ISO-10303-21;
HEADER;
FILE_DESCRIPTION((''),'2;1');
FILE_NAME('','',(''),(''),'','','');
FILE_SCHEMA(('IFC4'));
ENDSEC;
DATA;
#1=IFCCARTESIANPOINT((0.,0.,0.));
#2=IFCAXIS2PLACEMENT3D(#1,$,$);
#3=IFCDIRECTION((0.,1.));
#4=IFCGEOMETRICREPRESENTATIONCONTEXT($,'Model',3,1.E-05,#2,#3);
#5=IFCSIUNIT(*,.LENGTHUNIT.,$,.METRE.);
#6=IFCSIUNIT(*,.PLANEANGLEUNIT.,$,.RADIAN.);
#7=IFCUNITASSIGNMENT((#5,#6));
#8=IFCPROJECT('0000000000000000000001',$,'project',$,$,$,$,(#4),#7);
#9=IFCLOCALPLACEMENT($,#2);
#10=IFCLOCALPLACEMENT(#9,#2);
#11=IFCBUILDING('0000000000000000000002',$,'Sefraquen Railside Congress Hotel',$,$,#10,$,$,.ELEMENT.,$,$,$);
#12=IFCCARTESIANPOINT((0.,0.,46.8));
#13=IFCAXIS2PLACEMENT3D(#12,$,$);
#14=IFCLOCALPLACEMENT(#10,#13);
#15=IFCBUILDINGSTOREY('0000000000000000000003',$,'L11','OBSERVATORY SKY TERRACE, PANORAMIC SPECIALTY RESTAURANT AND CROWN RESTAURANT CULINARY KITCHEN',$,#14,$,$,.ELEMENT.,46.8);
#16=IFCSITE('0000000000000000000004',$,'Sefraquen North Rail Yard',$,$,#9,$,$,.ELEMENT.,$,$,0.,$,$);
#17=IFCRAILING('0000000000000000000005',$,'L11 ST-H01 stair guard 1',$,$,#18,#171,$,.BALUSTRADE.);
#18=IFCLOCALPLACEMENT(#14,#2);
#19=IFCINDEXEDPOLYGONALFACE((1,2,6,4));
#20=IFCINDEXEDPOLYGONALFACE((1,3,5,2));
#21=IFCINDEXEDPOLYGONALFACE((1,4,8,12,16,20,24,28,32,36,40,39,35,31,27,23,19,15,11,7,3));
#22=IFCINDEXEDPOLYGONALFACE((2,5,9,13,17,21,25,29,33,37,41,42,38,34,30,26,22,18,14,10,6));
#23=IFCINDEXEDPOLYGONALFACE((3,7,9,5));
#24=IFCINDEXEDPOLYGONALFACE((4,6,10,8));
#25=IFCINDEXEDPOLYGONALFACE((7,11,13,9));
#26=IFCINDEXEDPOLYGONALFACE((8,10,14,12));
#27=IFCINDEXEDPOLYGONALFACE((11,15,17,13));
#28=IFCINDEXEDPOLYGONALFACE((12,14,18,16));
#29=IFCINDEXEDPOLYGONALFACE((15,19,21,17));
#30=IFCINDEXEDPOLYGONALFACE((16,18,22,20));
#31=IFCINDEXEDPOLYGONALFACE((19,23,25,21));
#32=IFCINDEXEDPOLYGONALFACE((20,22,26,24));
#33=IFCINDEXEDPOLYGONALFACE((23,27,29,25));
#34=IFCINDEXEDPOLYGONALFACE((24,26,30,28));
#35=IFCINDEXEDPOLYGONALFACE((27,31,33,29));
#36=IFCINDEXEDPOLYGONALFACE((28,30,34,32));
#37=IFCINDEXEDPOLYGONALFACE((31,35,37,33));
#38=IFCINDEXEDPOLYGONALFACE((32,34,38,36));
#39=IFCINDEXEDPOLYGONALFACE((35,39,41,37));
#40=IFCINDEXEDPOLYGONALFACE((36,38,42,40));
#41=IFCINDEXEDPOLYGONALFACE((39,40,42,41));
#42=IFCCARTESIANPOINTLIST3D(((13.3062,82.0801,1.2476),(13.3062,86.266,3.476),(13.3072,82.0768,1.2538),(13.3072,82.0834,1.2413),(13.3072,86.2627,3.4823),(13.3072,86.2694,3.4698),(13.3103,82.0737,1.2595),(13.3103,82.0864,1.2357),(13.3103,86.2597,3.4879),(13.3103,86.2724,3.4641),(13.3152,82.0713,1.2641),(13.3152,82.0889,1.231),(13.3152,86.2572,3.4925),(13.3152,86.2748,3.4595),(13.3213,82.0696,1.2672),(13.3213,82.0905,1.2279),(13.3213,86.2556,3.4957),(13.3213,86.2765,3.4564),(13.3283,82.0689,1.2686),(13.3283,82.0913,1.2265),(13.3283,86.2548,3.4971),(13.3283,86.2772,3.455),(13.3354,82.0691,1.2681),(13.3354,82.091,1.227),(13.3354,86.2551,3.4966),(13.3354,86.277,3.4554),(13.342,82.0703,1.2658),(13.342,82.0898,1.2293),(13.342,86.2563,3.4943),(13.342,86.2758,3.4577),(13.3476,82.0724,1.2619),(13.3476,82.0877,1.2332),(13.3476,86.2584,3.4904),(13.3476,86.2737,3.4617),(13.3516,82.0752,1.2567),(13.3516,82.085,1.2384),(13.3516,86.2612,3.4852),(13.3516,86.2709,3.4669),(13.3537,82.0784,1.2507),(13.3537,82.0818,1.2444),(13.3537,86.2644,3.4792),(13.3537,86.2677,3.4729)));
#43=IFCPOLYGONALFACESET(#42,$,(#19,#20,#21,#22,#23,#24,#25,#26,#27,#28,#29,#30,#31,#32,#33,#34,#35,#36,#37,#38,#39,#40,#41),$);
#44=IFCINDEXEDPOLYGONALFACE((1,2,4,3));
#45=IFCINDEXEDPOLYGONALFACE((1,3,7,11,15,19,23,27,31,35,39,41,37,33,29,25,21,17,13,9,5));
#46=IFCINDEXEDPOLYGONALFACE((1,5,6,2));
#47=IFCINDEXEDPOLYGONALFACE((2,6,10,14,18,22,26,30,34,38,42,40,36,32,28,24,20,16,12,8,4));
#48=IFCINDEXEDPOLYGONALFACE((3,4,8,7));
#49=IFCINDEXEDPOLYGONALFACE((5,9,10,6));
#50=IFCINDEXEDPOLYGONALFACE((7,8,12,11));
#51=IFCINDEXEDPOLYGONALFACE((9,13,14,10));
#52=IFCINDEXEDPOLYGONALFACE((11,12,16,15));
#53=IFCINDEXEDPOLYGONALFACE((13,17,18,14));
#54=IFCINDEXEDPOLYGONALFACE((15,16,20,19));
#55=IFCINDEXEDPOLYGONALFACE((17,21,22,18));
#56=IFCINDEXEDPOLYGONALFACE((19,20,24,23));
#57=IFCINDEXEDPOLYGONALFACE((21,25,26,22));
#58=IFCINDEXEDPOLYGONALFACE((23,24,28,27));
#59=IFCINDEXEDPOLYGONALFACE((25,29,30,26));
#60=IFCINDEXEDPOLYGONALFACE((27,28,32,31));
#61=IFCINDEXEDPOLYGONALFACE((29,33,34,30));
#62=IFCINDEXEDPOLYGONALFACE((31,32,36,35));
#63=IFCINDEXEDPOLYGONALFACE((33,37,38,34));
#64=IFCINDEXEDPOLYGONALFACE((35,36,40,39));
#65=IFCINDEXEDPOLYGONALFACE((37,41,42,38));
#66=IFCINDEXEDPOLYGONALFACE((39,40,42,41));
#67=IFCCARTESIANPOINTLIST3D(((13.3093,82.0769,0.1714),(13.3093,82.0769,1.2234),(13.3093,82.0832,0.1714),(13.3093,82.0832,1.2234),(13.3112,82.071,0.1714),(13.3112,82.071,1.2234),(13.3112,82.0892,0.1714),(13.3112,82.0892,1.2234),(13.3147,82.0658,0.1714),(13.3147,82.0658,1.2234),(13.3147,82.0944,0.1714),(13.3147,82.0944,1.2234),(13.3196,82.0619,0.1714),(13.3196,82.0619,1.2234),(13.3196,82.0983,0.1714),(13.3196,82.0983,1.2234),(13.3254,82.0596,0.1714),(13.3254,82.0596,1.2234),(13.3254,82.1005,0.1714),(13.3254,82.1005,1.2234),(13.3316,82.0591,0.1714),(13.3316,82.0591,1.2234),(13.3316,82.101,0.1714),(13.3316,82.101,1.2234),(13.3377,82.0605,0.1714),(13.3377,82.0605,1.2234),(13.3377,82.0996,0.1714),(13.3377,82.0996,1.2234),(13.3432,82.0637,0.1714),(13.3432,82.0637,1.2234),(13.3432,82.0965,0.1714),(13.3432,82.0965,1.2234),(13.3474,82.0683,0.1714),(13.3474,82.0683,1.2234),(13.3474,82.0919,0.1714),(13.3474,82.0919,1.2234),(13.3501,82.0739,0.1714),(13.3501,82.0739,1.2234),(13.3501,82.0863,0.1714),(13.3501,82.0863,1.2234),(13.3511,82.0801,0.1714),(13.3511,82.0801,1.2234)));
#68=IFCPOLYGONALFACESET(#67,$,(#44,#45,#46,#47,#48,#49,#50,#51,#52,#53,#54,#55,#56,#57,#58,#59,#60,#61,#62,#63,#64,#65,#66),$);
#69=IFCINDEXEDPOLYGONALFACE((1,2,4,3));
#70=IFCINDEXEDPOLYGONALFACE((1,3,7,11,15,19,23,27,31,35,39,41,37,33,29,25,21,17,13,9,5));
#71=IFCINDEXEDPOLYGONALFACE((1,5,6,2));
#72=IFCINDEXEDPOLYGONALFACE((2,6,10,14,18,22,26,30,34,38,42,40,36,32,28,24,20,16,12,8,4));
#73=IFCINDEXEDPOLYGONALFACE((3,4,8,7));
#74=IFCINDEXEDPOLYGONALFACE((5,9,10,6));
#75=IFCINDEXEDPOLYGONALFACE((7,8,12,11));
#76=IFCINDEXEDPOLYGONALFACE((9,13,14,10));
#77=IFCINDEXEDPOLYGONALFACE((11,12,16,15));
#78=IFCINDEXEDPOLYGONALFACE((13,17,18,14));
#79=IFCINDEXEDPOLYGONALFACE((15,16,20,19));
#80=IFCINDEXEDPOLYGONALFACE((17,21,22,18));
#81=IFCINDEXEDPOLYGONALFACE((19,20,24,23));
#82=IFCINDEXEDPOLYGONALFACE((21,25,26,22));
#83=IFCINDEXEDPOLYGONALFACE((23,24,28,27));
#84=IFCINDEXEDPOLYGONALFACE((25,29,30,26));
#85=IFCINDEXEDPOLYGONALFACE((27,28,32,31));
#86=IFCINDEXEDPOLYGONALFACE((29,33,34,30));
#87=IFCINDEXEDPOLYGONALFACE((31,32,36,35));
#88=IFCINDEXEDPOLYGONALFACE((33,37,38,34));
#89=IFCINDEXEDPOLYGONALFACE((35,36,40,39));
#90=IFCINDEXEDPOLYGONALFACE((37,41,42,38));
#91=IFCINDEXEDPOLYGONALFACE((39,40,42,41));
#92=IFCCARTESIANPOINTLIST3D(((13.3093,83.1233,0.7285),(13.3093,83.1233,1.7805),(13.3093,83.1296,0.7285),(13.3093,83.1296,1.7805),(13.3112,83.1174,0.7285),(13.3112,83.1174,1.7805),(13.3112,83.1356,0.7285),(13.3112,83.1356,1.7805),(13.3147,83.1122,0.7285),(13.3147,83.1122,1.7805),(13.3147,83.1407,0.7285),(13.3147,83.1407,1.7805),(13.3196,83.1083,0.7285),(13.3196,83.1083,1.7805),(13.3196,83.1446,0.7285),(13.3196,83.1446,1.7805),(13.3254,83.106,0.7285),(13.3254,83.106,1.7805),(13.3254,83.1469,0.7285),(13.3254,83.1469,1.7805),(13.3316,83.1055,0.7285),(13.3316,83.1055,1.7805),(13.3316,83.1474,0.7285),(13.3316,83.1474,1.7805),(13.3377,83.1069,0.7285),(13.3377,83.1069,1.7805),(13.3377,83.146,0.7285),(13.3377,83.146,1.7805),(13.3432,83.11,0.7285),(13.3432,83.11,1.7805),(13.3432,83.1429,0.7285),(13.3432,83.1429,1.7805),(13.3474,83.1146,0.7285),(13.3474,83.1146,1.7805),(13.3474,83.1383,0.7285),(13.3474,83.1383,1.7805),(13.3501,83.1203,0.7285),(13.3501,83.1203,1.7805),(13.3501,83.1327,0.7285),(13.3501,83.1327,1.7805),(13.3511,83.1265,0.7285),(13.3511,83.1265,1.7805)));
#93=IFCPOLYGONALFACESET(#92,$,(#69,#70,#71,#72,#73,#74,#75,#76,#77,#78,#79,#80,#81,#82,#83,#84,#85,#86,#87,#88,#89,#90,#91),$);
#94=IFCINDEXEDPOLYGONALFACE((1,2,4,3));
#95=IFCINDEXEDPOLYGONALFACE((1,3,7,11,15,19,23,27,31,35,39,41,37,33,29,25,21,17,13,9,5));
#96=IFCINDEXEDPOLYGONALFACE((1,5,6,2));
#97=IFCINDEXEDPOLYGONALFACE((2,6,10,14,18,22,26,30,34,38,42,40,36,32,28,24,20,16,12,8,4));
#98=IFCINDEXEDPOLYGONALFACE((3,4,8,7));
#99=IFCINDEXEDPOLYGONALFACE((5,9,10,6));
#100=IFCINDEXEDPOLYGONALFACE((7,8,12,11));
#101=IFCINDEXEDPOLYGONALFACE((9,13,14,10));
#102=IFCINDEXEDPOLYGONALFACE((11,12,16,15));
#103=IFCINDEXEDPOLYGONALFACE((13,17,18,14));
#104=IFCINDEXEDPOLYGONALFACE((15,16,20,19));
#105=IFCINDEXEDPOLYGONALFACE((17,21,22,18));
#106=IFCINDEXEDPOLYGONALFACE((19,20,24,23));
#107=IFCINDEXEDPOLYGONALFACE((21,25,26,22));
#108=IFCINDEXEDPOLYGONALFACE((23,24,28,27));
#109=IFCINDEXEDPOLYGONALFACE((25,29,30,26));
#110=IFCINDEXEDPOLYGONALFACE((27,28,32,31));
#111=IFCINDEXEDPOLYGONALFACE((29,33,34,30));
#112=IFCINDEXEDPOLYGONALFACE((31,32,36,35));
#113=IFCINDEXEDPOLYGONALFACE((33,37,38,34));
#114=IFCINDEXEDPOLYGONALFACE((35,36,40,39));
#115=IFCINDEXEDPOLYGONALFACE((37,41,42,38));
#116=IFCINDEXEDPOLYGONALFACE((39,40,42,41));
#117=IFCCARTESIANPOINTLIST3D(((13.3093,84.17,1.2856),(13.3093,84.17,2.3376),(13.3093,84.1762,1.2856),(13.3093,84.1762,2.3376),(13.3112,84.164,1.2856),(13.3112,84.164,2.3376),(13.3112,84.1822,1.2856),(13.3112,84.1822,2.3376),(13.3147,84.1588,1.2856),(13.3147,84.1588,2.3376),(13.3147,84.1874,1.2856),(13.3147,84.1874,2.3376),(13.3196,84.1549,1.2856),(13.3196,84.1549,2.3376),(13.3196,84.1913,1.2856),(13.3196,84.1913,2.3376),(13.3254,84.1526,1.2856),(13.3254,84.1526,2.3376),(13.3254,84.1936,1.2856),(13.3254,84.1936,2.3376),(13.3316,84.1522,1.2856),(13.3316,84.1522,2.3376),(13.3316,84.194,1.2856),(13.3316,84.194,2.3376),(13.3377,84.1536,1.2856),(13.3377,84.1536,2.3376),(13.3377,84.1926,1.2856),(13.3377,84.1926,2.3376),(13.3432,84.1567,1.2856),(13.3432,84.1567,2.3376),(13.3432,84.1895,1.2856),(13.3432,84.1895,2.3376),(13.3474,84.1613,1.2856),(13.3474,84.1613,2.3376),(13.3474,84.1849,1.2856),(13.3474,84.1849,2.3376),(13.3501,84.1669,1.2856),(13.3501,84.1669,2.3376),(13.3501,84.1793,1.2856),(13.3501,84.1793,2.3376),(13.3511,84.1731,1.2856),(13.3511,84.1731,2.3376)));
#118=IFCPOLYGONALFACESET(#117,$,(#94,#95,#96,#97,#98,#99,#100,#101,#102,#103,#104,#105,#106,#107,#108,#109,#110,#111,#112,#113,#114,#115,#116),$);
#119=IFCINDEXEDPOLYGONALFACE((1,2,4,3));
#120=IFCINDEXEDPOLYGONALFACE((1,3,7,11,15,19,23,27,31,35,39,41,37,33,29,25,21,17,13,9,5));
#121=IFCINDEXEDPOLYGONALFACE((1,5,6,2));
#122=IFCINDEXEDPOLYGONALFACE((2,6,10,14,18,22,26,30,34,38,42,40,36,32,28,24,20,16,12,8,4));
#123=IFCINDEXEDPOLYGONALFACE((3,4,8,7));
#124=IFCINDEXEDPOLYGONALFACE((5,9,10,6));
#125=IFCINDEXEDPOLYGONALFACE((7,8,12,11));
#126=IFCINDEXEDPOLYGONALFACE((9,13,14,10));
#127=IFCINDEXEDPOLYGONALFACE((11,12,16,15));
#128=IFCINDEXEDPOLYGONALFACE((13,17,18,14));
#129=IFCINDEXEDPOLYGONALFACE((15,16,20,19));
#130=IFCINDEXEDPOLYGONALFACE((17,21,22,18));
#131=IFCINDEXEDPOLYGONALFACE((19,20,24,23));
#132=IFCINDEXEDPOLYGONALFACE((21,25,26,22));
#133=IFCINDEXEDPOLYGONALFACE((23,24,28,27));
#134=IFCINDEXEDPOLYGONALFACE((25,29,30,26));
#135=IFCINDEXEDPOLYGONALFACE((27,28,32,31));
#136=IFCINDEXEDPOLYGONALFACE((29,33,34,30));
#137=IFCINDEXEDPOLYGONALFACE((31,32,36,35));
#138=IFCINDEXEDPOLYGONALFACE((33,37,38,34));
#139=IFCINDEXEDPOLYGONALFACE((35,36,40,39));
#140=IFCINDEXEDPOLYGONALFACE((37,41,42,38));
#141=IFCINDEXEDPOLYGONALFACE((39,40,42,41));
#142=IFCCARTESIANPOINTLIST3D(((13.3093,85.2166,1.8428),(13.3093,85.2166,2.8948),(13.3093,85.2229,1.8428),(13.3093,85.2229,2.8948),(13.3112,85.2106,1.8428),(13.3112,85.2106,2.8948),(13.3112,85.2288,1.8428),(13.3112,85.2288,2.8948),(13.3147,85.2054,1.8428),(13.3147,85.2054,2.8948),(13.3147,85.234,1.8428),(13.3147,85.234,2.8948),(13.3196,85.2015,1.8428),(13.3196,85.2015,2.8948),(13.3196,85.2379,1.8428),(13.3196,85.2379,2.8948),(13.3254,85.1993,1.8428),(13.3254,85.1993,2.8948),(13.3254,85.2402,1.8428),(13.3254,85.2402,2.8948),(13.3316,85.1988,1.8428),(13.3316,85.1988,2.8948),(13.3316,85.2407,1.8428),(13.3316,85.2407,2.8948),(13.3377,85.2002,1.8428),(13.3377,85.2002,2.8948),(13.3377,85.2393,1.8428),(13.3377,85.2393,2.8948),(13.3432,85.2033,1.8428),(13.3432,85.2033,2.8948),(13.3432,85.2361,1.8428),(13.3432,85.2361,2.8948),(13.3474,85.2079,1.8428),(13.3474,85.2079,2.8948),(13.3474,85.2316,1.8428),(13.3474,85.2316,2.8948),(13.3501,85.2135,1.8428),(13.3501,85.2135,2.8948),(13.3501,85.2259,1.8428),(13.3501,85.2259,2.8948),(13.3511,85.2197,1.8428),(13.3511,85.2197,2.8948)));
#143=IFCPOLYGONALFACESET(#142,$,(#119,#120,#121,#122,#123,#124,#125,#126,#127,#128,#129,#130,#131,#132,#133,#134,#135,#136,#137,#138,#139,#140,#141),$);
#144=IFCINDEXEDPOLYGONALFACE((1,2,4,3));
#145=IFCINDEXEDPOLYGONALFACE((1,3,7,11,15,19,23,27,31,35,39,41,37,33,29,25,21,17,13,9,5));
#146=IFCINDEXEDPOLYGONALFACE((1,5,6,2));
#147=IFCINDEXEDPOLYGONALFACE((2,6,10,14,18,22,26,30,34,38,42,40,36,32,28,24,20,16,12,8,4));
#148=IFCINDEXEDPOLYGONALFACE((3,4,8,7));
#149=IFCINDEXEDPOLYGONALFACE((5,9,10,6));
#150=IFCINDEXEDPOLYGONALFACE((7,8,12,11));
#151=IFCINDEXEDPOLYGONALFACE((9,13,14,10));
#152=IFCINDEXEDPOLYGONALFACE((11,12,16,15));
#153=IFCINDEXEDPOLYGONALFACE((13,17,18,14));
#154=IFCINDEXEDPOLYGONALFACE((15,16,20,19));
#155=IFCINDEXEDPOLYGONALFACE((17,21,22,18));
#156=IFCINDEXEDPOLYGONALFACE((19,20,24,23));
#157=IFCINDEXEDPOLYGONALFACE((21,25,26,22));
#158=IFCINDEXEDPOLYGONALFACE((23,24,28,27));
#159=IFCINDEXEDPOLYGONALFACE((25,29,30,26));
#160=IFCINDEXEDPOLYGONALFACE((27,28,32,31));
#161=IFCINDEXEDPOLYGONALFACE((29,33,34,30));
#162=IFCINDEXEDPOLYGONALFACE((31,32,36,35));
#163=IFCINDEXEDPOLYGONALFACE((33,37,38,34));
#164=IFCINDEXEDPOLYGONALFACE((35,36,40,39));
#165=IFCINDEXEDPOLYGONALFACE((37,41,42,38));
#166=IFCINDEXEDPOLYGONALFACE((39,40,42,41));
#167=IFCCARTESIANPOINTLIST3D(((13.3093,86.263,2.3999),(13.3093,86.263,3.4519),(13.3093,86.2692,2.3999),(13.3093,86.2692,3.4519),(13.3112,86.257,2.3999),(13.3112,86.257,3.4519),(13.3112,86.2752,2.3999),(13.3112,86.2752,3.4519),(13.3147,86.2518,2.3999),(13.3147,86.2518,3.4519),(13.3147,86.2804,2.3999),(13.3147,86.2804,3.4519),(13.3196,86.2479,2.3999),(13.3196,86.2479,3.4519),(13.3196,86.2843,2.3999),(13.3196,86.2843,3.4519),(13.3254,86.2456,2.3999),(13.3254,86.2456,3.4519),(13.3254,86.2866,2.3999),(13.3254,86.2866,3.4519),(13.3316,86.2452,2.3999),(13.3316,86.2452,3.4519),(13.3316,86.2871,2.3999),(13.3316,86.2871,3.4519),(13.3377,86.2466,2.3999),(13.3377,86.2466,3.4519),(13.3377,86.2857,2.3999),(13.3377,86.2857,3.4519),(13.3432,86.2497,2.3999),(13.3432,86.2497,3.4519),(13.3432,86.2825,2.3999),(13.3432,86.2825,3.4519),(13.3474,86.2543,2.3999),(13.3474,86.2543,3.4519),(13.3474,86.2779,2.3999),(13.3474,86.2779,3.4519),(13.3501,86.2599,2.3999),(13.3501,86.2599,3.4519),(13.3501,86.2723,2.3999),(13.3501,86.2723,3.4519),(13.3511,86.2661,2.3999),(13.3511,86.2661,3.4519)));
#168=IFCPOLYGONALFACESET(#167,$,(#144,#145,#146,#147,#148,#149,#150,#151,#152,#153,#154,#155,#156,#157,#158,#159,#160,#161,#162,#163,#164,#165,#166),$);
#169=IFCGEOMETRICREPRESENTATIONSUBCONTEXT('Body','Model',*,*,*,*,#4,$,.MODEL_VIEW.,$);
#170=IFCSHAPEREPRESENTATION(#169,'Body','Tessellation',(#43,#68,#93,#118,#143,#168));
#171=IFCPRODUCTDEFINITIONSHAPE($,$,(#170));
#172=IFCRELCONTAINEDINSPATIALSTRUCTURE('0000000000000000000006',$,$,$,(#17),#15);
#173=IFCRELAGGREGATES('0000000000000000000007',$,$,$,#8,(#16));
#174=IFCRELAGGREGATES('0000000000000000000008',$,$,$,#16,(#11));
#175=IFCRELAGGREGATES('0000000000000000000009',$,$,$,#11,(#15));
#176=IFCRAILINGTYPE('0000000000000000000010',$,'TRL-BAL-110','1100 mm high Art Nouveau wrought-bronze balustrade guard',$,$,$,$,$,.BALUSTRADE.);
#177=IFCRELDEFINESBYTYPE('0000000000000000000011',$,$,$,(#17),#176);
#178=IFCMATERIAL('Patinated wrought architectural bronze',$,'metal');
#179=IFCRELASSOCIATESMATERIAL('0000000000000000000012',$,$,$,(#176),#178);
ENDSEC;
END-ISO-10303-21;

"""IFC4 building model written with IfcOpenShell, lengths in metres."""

from ifc_helpers import new_model, si_unit, direction, frame, origin, origin_2d, place, context, subcontext, project, spatial, circle, extrude, material, type_object, element, save


model = new_model("IFC4")

# Units and contexts
model_context = context("Model", 3, precision=1e-05, world=origin(), true_north=direction((0.0, 1.0)))
body_context = subcontext(model_context, "Body", "Model", "MODEL_VIEW")
ifc_project = project(units=[si_unit("LENGTHUNIT", "METRE"), si_unit("PLANEANGLEUNIT", "RADIAN")], contexts=[model_context])

# Site, building, storey
site_placement = place(None, origin())
site = spatial("IfcSite", under=ifc_project, at=site_placement, Name="Sefraquen North Rail Yard", CompositionType="ELEMENT", RefElevation=0.0)
building_placement = place(site_placement, origin())
building = spatial("IfcBuilding", under=site, at=building_placement, Name="Sefraquen Railside Congress Hotel", CompositionType="ELEMENT")
storey_placement = place(building_placement, frame((0.0, 0.0, 46.8)))
storey = spatial("IfcBuildingStorey", under=building, at=storey_placement, Name="L11", Description="OBSERVATORY SKY TERRACE, PANORAMIC SPECIALTY RESTAURANT AND CROWN RESTAURANT CULINARY KITCHEN", CompositionType="ELEMENT", Elevation=46.8)

# Railing
ifc_material_1 = material(Name="Patinated wrought architectural bronze", Category="metal")
railing_type_1 = type_object("IfcRailingType", Name="TRL-BAL-110", Description="1100 mm high Art Nouveau wrought-bronze balustrade guard", PredefinedType="BALUSTRADE", material=ifc_material_1)
railing_1_placement = place(storey_placement, frame((13.3301, 82.0801, 0.1714)))
element("IfcRailing", 1, at=railing_1_placement, inside=storey, type_object=railing_type_1, Name="L11 ST-H01 stair guard 1", PredefinedType="BALUSTRADE", context=body_context, shape_type="SweptSolid", body=[
    extrude(circle(Radius=0.0239, at=origin_2d()), frame((0.0, 0.0, 1.0762), z_axis=(0.0, 0.882706, 0.469925), x_axis=(-1.0, 0.0, 0.0)), (0.0, 0.0, 1.0), 4.7422),
    extrude(circle(Radius=0.021, at=origin_2d()), origin(), (0.0, 0.0, 1.0), 1.052),
    extrude(circle(Radius=0.021, at=origin_2d()), frame((0.0, 1.0464, 0.5571)), (0.0, 0.0, 1.0), 1.052),
    extrude(circle(Radius=0.021, at=origin_2d()), frame((0.0, 2.093, 1.1143)), (0.0, 0.0, 1.0), 1.052),
    extrude(circle(Radius=0.021, at=origin_2d()), frame((0.0, 3.1396, 1.6714)), (0.0, 0.0, 1.0), 1.052),
    extrude(circle(Radius=0.021, at=origin_2d()), frame((0.0, 4.186, 2.2285)), (0.0, 0.0, 1.0), 1.052),
])

save(model, "model.ifc")
